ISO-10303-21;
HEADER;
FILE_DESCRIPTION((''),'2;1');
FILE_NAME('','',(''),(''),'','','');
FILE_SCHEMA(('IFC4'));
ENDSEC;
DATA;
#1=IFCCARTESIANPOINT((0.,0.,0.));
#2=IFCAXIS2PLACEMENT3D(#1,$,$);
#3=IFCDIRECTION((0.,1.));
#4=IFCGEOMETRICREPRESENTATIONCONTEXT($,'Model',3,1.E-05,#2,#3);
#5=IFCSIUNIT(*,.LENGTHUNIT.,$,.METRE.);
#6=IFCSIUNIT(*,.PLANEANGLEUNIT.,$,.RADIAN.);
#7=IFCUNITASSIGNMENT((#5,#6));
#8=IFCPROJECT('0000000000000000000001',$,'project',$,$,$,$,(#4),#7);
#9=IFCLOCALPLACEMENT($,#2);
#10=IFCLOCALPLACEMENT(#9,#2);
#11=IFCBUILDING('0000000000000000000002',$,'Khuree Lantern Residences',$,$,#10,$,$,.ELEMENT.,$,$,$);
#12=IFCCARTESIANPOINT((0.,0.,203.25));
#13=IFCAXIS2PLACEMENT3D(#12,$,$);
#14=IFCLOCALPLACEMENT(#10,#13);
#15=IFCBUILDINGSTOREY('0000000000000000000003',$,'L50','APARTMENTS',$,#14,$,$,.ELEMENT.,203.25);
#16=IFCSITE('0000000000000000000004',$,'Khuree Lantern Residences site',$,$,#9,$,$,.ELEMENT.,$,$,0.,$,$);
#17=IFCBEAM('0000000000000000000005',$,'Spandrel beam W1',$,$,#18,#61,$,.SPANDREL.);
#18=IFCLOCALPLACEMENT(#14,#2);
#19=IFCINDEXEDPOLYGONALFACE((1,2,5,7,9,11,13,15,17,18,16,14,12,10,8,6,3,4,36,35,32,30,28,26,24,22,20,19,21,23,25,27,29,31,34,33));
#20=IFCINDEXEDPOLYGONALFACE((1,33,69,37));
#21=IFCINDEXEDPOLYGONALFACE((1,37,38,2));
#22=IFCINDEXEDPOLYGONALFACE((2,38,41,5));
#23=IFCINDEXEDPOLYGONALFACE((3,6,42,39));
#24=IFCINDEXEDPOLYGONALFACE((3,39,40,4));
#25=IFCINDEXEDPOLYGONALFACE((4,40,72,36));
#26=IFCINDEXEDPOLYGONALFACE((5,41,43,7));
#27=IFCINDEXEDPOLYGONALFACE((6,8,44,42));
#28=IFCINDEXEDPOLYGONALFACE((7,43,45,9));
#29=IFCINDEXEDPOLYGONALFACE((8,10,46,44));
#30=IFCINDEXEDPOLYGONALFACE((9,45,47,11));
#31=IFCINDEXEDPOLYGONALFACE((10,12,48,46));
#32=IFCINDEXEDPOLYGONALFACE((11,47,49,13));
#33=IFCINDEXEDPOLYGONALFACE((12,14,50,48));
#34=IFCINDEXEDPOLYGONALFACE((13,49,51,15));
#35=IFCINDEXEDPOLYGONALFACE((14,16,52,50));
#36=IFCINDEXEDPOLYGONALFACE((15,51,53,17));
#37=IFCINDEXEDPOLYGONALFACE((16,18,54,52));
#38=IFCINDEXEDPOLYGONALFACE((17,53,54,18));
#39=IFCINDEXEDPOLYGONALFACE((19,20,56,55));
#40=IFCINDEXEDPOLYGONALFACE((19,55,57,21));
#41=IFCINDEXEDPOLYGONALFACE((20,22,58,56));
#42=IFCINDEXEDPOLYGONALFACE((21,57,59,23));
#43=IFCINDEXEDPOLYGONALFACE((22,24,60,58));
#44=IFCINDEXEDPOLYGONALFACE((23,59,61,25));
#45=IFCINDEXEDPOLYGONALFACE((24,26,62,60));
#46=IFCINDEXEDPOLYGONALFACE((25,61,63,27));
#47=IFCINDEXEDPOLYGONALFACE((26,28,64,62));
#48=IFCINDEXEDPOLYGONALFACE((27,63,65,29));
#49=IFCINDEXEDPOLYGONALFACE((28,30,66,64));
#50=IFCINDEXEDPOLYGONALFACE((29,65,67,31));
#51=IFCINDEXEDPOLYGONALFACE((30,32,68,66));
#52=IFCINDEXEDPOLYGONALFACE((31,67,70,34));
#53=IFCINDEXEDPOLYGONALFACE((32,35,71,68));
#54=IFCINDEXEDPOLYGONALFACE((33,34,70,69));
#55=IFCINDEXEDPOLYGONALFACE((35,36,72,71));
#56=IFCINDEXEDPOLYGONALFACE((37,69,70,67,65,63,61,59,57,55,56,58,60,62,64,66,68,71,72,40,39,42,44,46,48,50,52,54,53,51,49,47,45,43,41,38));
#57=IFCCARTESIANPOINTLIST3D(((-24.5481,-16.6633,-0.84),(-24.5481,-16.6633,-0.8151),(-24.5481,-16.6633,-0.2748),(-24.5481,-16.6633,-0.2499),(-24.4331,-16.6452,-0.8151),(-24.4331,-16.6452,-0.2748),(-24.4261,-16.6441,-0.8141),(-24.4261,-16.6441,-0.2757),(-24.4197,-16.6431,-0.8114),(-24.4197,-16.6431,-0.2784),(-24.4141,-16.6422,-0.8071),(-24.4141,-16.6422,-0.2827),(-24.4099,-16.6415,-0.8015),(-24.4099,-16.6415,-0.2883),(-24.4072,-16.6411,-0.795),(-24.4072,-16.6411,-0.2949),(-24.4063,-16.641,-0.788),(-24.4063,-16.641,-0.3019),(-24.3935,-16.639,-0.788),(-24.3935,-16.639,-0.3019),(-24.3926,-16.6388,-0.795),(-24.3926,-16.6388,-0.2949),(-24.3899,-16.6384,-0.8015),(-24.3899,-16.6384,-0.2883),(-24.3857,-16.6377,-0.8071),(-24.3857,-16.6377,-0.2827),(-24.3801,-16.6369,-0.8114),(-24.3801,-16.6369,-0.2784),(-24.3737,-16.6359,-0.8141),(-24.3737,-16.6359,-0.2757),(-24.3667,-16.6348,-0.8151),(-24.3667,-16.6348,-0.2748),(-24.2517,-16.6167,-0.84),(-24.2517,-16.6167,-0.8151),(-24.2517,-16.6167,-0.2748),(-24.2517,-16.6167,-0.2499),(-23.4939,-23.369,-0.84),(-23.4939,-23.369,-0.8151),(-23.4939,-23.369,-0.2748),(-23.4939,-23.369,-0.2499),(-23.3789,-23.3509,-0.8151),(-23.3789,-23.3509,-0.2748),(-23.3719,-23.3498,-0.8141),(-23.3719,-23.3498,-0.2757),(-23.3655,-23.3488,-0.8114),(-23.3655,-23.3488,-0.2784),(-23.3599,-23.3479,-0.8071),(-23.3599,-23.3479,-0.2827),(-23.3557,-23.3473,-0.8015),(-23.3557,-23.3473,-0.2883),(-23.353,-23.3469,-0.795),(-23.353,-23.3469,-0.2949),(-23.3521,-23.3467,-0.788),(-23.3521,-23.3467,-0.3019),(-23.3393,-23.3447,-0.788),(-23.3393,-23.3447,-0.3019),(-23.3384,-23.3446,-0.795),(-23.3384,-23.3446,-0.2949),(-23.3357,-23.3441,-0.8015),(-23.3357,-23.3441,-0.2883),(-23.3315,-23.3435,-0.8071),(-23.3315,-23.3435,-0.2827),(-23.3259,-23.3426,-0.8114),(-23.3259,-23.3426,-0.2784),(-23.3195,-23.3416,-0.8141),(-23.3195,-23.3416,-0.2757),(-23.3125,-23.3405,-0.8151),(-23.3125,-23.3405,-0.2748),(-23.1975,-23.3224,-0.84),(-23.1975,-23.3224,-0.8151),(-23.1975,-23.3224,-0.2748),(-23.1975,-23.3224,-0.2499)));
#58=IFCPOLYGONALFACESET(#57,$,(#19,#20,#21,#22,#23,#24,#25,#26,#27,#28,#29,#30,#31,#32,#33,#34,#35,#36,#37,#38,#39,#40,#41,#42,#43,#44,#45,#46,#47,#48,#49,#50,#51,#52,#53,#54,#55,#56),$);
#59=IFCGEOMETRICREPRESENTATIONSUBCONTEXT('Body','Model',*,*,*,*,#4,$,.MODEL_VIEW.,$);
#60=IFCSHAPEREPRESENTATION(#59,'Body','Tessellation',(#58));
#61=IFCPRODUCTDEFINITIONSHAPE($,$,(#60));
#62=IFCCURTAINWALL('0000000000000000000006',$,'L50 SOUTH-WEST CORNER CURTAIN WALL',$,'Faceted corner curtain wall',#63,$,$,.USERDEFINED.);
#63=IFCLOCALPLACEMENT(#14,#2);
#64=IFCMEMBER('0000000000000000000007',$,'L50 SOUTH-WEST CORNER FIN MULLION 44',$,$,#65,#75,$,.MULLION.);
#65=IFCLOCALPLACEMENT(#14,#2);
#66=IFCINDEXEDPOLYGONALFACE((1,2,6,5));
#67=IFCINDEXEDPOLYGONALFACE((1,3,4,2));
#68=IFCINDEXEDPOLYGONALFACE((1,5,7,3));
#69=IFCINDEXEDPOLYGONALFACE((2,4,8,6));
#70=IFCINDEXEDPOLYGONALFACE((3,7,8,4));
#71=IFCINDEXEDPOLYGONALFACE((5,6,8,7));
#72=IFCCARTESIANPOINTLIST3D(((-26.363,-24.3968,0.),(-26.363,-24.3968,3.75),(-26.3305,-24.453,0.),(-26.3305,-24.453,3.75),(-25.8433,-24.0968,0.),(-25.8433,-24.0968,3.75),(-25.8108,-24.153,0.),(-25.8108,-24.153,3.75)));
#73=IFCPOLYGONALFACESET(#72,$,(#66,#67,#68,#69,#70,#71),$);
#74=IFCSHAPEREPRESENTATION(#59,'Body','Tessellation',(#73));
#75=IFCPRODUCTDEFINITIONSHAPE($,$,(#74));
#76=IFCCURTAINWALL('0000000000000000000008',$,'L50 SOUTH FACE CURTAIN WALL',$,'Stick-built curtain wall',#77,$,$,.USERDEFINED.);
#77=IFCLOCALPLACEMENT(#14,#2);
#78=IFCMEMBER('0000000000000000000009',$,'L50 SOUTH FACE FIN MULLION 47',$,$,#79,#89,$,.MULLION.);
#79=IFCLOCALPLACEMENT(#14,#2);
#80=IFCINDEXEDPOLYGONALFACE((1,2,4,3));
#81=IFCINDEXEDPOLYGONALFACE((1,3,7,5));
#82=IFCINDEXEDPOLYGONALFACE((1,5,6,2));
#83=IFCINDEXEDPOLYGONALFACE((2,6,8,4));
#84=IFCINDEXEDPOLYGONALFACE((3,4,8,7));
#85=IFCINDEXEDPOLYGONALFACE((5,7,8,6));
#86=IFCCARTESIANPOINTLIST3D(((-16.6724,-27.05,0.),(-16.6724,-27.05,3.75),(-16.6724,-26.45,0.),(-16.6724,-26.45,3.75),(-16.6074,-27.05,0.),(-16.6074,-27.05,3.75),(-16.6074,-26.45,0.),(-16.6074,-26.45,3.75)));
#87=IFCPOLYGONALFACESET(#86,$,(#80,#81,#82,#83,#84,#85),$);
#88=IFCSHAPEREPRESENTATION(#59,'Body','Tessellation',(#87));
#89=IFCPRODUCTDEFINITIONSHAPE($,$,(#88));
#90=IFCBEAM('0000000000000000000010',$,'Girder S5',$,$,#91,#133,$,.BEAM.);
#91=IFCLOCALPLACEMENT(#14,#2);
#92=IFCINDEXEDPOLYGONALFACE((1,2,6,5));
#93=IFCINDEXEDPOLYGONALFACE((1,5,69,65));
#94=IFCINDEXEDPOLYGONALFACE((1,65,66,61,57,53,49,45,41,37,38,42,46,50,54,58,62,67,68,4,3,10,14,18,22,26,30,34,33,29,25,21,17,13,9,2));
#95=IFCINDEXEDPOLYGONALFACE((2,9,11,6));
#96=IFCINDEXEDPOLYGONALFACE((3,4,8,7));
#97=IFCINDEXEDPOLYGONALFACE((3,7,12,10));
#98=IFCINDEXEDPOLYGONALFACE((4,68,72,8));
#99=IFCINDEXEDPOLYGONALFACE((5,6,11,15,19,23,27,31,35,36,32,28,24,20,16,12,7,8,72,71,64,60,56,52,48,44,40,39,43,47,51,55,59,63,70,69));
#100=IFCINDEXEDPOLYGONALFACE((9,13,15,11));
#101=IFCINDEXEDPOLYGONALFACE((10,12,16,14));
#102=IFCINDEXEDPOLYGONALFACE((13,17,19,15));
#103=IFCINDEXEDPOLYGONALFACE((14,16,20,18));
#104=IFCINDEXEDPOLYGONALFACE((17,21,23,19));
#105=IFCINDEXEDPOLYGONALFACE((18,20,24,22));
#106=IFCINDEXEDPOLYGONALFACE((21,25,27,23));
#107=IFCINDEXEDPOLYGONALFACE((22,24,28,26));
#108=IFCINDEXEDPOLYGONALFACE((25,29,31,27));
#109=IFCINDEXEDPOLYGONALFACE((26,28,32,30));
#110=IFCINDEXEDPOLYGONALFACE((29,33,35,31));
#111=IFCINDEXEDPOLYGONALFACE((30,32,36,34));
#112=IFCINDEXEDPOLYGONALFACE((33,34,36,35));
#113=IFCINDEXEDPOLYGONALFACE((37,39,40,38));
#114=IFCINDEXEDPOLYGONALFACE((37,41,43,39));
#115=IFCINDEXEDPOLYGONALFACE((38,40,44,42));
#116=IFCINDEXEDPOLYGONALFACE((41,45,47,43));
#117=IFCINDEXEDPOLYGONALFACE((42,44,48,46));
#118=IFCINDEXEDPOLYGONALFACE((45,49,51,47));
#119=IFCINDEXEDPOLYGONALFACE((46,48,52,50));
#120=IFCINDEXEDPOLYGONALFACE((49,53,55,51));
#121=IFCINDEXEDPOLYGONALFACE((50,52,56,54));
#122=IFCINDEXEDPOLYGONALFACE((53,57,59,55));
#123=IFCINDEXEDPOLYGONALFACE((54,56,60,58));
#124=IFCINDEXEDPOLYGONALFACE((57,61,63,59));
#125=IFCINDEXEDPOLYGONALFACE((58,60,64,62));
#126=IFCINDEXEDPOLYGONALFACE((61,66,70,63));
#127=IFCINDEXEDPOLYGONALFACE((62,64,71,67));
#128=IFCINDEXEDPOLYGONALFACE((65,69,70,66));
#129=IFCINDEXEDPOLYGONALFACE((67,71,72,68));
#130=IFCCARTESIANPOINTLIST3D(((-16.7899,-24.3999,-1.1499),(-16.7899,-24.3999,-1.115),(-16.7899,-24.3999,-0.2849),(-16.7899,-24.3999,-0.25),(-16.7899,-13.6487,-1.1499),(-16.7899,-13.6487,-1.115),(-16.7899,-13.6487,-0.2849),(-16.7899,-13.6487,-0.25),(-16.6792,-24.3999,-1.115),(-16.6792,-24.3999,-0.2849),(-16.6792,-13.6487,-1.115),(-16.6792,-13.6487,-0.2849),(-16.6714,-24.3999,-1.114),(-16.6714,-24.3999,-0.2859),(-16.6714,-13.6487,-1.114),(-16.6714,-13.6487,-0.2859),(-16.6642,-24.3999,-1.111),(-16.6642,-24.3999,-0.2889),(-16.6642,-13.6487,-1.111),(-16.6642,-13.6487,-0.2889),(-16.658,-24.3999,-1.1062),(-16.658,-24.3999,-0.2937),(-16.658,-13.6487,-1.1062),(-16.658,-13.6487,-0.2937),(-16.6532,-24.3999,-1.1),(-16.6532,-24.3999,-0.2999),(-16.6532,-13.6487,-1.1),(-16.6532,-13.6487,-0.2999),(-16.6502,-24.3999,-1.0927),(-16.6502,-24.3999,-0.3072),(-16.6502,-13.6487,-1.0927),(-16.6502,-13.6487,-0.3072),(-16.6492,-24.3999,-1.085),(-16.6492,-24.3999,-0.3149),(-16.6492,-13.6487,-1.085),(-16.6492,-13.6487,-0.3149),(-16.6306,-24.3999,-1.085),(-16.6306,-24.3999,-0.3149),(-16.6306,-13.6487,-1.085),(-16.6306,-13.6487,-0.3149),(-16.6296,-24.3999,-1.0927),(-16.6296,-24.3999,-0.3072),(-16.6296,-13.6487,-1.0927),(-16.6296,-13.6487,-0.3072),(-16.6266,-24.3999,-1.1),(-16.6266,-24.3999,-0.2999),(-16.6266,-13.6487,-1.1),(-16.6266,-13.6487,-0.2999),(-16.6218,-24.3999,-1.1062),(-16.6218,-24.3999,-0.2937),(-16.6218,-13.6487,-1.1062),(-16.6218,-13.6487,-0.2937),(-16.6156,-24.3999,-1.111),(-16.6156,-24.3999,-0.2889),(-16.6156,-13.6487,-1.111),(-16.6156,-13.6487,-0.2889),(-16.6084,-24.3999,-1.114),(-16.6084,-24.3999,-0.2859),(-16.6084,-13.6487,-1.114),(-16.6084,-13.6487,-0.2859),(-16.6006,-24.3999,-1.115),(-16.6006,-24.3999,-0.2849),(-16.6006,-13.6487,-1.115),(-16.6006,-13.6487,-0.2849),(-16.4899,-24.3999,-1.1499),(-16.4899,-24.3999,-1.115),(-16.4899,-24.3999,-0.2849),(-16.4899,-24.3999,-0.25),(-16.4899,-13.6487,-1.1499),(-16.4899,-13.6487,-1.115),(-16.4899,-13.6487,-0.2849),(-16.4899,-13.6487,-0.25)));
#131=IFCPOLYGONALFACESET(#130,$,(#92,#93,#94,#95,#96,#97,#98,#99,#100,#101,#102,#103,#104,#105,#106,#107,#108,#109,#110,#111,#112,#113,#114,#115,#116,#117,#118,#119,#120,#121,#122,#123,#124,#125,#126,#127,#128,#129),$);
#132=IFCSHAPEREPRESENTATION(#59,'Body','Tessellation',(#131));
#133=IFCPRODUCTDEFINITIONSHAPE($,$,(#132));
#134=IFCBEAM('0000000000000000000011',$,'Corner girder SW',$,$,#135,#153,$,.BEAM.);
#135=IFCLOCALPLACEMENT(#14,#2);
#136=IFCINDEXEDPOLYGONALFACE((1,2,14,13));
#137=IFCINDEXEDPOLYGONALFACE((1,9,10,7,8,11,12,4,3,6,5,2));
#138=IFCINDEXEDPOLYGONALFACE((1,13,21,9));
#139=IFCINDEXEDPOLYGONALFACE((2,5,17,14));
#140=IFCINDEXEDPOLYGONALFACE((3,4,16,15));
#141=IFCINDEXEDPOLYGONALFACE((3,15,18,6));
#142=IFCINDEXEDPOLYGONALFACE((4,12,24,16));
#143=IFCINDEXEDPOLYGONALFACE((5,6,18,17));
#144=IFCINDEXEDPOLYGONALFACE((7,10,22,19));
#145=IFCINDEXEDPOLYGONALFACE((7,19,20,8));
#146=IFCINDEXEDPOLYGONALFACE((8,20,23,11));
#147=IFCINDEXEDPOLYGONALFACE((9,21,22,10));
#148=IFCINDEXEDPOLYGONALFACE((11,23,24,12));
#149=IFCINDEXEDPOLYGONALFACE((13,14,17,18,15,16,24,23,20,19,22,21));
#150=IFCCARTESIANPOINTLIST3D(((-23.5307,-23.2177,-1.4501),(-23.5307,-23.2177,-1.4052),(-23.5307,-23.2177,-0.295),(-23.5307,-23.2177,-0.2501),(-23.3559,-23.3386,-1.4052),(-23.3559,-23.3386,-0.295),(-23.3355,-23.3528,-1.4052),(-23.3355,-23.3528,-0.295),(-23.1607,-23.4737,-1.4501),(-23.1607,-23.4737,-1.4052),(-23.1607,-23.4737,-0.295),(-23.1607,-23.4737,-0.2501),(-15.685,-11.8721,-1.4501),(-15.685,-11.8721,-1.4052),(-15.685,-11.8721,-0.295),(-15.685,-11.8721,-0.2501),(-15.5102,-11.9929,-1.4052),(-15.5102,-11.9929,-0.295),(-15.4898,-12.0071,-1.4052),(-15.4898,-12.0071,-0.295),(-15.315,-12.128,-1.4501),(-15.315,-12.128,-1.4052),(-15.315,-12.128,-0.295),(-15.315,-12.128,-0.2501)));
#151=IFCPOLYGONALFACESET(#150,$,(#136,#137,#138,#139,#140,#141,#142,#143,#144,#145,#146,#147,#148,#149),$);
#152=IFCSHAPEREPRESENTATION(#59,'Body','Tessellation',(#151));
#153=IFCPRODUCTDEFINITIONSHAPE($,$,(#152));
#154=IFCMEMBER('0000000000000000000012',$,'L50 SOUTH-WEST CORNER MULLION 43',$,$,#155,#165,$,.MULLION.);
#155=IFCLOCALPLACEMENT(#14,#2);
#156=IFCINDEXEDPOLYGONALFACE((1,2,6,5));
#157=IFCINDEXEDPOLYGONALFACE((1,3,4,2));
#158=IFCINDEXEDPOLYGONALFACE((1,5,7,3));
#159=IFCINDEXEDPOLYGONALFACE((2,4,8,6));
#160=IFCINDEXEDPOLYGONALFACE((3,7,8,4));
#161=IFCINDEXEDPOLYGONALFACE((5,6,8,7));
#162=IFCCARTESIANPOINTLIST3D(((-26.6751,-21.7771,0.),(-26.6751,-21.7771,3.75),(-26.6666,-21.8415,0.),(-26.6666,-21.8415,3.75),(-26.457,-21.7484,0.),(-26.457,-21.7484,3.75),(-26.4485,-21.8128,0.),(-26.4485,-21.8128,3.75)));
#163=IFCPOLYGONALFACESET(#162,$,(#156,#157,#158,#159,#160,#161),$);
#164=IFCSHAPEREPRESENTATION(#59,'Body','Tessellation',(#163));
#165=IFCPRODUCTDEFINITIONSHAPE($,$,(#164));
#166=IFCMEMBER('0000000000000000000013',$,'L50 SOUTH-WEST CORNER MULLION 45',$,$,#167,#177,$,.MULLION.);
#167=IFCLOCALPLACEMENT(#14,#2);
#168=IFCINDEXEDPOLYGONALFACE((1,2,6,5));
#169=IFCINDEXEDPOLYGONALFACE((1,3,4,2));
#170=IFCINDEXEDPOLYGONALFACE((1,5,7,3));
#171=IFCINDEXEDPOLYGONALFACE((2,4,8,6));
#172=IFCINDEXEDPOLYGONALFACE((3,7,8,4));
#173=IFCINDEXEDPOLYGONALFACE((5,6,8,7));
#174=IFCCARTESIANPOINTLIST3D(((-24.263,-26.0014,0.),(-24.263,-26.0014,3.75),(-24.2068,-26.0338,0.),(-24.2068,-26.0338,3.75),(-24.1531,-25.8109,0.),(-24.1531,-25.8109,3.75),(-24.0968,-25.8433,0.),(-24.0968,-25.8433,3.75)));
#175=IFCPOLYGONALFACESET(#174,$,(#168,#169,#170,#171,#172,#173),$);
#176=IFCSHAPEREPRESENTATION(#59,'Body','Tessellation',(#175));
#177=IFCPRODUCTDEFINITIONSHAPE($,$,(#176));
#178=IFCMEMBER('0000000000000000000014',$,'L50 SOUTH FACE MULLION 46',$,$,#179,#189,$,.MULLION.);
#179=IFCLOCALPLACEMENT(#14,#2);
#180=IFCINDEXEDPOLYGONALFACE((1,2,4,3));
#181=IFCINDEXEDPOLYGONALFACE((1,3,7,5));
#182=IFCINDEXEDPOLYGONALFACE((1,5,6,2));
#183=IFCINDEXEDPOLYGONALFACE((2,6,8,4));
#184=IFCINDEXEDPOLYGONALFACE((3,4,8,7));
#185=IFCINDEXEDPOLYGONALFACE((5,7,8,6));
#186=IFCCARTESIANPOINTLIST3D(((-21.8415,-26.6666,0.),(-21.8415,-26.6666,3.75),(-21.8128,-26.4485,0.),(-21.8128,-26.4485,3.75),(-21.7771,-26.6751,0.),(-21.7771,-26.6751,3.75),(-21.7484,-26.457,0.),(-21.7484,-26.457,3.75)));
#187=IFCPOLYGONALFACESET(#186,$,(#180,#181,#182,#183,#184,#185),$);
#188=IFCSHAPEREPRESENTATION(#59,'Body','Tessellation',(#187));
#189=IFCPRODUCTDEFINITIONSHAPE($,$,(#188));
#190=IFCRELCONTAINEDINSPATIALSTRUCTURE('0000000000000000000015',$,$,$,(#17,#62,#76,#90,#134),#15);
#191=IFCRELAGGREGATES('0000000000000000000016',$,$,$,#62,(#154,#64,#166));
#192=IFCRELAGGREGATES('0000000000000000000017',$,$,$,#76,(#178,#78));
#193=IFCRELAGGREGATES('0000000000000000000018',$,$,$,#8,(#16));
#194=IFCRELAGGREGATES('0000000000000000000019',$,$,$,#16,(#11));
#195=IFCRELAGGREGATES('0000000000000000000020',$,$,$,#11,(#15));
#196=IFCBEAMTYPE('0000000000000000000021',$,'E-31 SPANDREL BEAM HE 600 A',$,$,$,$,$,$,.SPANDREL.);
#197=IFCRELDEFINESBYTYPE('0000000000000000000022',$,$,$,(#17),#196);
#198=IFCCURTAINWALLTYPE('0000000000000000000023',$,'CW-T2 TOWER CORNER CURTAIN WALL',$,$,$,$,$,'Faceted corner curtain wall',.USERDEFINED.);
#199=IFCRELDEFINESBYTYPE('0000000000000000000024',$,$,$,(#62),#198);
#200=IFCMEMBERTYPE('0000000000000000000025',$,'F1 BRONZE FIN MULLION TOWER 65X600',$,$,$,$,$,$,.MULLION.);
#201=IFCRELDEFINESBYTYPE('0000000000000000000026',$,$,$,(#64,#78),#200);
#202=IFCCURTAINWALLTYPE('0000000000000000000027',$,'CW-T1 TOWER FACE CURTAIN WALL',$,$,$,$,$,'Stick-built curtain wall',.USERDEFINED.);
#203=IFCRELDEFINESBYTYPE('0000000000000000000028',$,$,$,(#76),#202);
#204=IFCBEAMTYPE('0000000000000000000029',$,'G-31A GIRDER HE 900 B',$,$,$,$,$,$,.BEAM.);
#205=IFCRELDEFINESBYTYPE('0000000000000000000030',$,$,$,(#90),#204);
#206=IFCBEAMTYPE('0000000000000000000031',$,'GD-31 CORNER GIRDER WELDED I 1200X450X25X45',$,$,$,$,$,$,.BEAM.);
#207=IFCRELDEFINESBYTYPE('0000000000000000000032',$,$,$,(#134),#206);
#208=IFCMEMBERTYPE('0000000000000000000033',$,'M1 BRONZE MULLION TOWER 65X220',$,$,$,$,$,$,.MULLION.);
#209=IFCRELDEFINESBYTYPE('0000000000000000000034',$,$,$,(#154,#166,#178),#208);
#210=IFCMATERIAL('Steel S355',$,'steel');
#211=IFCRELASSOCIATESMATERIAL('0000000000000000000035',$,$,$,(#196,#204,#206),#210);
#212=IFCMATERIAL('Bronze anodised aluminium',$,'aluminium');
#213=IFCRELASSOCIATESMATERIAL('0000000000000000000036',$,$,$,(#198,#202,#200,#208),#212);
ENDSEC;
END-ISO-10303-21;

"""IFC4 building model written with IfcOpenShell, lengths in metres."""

from ifc_helpers import new_model, si_unit, direction, frame, origin, origin_2d, place, context, subcontext, project, spatial, rectangle, i_section, extrude, material, material_profile, profile_set, type_object, element, aggregate, save


model = new_model("IFC4")

# Units and contexts
model_context = context("Model", 3, precision=1e-05, world=origin(), true_north=direction((0.0, 1.0)))
body_context = subcontext(model_context, "Body", "Model", "MODEL_VIEW")
ifc_project = project(units=[si_unit("LENGTHUNIT", "METRE"), si_unit("PLANEANGLEUNIT", "RADIAN")], contexts=[model_context])

# Site, building, storey
site_placement = place(None, origin())
site = spatial("IfcSite", under=ifc_project, at=site_placement, Name="Khuree Lantern Residences site", CompositionType="ELEMENT", RefElevation=0.0)
building_placement = place(site_placement, origin())
building = spatial("IfcBuilding", under=site, at=building_placement, Name="Khuree Lantern Residences", CompositionType="ELEMENT")
storey_placement = place(building_placement, frame((0.0, 0.0, 203.25)))
storey = spatial("IfcBuildingStorey", under=building, at=storey_placement, Name="L50", Description="APARTMENTS", CompositionType="ELEMENT", Elevation=203.25)

# Beam
ifc_material_1 = material(Name="Steel S355", Category="steel")
ifc_material_profile_1 = material_profile(ifc_material_1, i_section(OverallWidth=0.3, OverallDepth=0.5901, WebThickness=0.0129, FlangeThickness=0.0249, FilletRadius=0.0271, at=origin_2d()), Name="HE 600 A")
ifc_profile_set_1 = profile_set([ifc_material_profile_1], Name="Steel S355")
beam_type_1 = type_object("IfcBeamType", Name="E-31 SPANDREL BEAM HE 600 A", PredefinedType="SPANDREL", material=ifc_profile_set_1)
for number, where, z_axis, x_axis, name in (
    (1, (-23.3457, -23.3457, -0.5449), (-0.1553, 0.987867, 0.0), (-0.987867, -0.1553, 0.0), "Spandrel beam W1"),
):
    element("IfcBeam", number, at=place(storey_placement, frame(where, z_axis=z_axis, x_axis=x_axis)), inside=storey, type_object=beam_type_1, Name=name, PredefinedType="SPANDREL", context=body_context, shape_type="SweptSolid", body=[
        extrude(i_section(OverallWidth=0.3, OverallDepth=0.5901, WebThickness=0.0129, FlangeThickness=0.0249, FilletRadius=0.0271, at=origin_2d()), origin(), (0.0, 0.0, 1.0), 6.7881),
    ])

# Curtain walls, members
ifc_material_2 = material(Name="Bronze anodised aluminium", Category="aluminium")
curtain_wall_type_1 = type_object("IfcCurtainWallType", Name="CW-T2 TOWER CORNER CURTAIN WALL", ElementType="Faceted corner curtain wall", PredefinedType="USERDEFINED", material=ifc_material_2)
curtain_wall_1_placement = place(storey_placement, origin())
curtain_wall_1 = element("IfcCurtainWall", 2, at=curtain_wall_1_placement, inside=storey, type_object=curtain_wall_type_1, Name="L50 SOUTH-WEST CORNER CURTAIN WALL", ObjectType="Faceted corner curtain wall", PredefinedType="USERDEFINED")
ifc_material_profile_2 = material_profile(ifc_material_2, rectangle(XDim=0.0649, YDim=0.6001, at=origin_2d()), Name="F1 65X600")
ifc_profile_set_2 = profile_set([ifc_material_profile_2], Name="Bronze anodised aluminium")
member_type_1 = type_object("IfcMemberType", Name="F1 BRONZE FIN MULLION TOWER 65X600", PredefinedType="MULLION", material=ifc_profile_set_2)
member_1_placement = place(storey_placement, frame((-26.0869, -24.2749, 0.0), z_axis=(0.0, 0.0, 1.0), x_axis=(0.5, -0.866025, 0.0)))
member_1 = element("IfcMember", 3, at=member_1_placement, type_object=member_type_1, Name="L50 SOUTH-WEST CORNER FIN MULLION 44", PredefinedType="MULLION", context=body_context, shape_type="SweptSolid", body=[
    extrude(rectangle(XDim=0.0649, YDim=0.6001, at=origin_2d()), origin(), (0.0, 0.0, 1.0), 3.75),
])
curtain_wall_type_2 = type_object("IfcCurtainWallType", Name="CW-T1 TOWER FACE CURTAIN WALL", ElementType="Stick-built curtain wall", PredefinedType="USERDEFINED", material=ifc_material_2)
curtain_wall_2_placement = place(storey_placement, origin())
curtain_wall_2 = element("IfcCurtainWall", 4, at=curtain_wall_2_placement, inside=storey, type_object=curtain_wall_type_2, Name="L50 SOUTH FACE CURTAIN WALL", ObjectType="Stick-built curtain wall", PredefinedType="USERDEFINED")
member_2_placement = place(storey_placement, frame((-16.6399, -26.75, 0.0), z_axis=(0.0, 0.0, 1.0), x_axis=(1.0, 0.0, 0.0)))
member_2 = element("IfcMember", 5, at=member_2_placement, type_object=member_type_1, Name="L50 SOUTH FACE FIN MULLION 47", PredefinedType="MULLION", context=body_context, shape_type="SweptSolid", body=[
    extrude(rectangle(XDim=0.0649, YDim=0.6001, at=origin_2d()), origin(), (0.0, 0.0, 1.0), 3.75),
])

# Beams
ifc_material_profile_3 = material_profile(ifc_material_1, i_section(OverallWidth=0.3, OverallDepth=0.8999, WebThickness=0.0186, FlangeThickness=0.0349, FilletRadius=0.03, at=origin_2d()), Name="HE 900 B")
ifc_profile_set_3 = profile_set([ifc_material_profile_3], Name="Steel S355")
beam_type_2 = type_object("IfcBeamType", Name="G-31A GIRDER HE 900 B", PredefinedType="BEAM", material=ifc_profile_set_3)
beam_1_placement = place(storey_placement, frame((-16.6399, -24.3999, -0.7), z_axis=(0.0, 1.0, 0.0), x_axis=(-1.0, 0.0, 0.0)))
element("IfcBeam", 6, at=beam_1_placement, inside=storey, type_object=beam_type_2, Name="Girder S5", PredefinedType="BEAM", context=body_context, shape_type="SweptSolid", body=[
    extrude(i_section(OverallWidth=0.3, OverallDepth=0.8999, WebThickness=0.0186, FlangeThickness=0.0349, FilletRadius=0.03, at=origin_2d()), origin(), (0.0, 0.0, 1.0), 10.7512),
])
ifc_material_profile_4 = material_profile(ifc_material_1, i_section(OverallWidth=0.45, OverallDepth=1.2, WebThickness=0.0249, FlangeThickness=0.0449, at=origin_2d()), Name="WELDED I 1200X450X25X45")
ifc_profile_set_4 = profile_set([ifc_material_profile_4], Name="Steel S355")
beam_type_3 = type_object("IfcBeamType", Name="GD-31 CORNER GIRDER WELDED I 1200X450X25X45", PredefinedType="BEAM", material=ifc_profile_set_4)
beam_2_placement = place(storey_placement, frame((-23.3457, -23.3457, -0.8501), z_axis=(0.568768, 0.822498, 0.0), x_axis=(-0.822498, 0.568768, 0.0)))
element("IfcBeam", 7, at=beam_2_placement, inside=storey, type_object=beam_type_3, Name="Corner girder SW", PredefinedType="BEAM", context=body_context, shape_type="SweptSolid", body=[
    extrude(i_section(OverallWidth=0.45, OverallDepth=1.2, WebThickness=0.0249, FlangeThickness=0.0449, at=origin_2d()), origin(), (0.0, 0.0, 1.0), 13.7942),
])

# Members
ifc_material_profile_5 = material_profile(ifc_material_2, rectangle(XDim=0.0649, YDim=0.22, at=origin_2d()), Name="M1 65X220")
ifc_profile_set_5 = profile_set([ifc_material_profile_5], Name="Bronze anodised aluminium")
member_type_2 = type_object("IfcMemberType", Name="M1 BRONZE MULLION TOWER 65X220", PredefinedType="MULLION", material=ifc_profile_set_5)
member_3_placement = place(storey_placement, frame((-26.5618, -21.7949, 0.0), z_axis=(0.0, 0.0, 1.0), x_axis=(0.130526, -0.991445, 0.0)))
member_3 = element("IfcMember", 8, at=member_3_placement, type_object=member_type_2, Name="L50 SOUTH-WEST CORNER MULLION 43", PredefinedType="MULLION", context=body_context, shape_type="SweptSolid", body=[
    extrude(rectangle(XDim=0.0649, YDim=0.22, at=origin_2d()), origin(), (0.0, 0.0, 1.0), 3.75),
])
member_4_placement = place(storey_placement, frame((-24.1799, -25.9224, 0.0), z_axis=(0.0, 0.0, 1.0), x_axis=(0.866025, -0.5, 0.0)))
member_4 = element("IfcMember", 9, at=member_4_placement, type_object=member_type_2, Name="L50 SOUTH-WEST CORNER MULLION 45", PredefinedType="MULLION", context=body_context, shape_type="SweptSolid", body=[
    extrude(rectangle(XDim=0.0649, YDim=0.22, at=origin_2d()), origin(), (0.0, 0.0, 1.0), 3.75),
])
member_5_placement = place(storey_placement, frame((-21.7949, -26.5618, 0.0), z_axis=(0.0, 0.0, 1.0), x_axis=(0.991445, -0.130526, 0.0)))
member_5 = element("IfcMember", 10, at=member_5_placement, type_object=member_type_2, Name="L50 SOUTH FACE MULLION 46", PredefinedType="MULLION", context=body_context, shape_type="SweptSolid", body=[
    extrude(rectangle(XDim=0.0649, YDim=0.22, at=origin_2d()), origin(), (0.0, 0.0, 1.0), 3.75),
])

aggregate(curtain_wall_1, [member_3, member_1, member_4])
aggregate(curtain_wall_2, [member_5, member_2])

save(model, "model.ifc")
